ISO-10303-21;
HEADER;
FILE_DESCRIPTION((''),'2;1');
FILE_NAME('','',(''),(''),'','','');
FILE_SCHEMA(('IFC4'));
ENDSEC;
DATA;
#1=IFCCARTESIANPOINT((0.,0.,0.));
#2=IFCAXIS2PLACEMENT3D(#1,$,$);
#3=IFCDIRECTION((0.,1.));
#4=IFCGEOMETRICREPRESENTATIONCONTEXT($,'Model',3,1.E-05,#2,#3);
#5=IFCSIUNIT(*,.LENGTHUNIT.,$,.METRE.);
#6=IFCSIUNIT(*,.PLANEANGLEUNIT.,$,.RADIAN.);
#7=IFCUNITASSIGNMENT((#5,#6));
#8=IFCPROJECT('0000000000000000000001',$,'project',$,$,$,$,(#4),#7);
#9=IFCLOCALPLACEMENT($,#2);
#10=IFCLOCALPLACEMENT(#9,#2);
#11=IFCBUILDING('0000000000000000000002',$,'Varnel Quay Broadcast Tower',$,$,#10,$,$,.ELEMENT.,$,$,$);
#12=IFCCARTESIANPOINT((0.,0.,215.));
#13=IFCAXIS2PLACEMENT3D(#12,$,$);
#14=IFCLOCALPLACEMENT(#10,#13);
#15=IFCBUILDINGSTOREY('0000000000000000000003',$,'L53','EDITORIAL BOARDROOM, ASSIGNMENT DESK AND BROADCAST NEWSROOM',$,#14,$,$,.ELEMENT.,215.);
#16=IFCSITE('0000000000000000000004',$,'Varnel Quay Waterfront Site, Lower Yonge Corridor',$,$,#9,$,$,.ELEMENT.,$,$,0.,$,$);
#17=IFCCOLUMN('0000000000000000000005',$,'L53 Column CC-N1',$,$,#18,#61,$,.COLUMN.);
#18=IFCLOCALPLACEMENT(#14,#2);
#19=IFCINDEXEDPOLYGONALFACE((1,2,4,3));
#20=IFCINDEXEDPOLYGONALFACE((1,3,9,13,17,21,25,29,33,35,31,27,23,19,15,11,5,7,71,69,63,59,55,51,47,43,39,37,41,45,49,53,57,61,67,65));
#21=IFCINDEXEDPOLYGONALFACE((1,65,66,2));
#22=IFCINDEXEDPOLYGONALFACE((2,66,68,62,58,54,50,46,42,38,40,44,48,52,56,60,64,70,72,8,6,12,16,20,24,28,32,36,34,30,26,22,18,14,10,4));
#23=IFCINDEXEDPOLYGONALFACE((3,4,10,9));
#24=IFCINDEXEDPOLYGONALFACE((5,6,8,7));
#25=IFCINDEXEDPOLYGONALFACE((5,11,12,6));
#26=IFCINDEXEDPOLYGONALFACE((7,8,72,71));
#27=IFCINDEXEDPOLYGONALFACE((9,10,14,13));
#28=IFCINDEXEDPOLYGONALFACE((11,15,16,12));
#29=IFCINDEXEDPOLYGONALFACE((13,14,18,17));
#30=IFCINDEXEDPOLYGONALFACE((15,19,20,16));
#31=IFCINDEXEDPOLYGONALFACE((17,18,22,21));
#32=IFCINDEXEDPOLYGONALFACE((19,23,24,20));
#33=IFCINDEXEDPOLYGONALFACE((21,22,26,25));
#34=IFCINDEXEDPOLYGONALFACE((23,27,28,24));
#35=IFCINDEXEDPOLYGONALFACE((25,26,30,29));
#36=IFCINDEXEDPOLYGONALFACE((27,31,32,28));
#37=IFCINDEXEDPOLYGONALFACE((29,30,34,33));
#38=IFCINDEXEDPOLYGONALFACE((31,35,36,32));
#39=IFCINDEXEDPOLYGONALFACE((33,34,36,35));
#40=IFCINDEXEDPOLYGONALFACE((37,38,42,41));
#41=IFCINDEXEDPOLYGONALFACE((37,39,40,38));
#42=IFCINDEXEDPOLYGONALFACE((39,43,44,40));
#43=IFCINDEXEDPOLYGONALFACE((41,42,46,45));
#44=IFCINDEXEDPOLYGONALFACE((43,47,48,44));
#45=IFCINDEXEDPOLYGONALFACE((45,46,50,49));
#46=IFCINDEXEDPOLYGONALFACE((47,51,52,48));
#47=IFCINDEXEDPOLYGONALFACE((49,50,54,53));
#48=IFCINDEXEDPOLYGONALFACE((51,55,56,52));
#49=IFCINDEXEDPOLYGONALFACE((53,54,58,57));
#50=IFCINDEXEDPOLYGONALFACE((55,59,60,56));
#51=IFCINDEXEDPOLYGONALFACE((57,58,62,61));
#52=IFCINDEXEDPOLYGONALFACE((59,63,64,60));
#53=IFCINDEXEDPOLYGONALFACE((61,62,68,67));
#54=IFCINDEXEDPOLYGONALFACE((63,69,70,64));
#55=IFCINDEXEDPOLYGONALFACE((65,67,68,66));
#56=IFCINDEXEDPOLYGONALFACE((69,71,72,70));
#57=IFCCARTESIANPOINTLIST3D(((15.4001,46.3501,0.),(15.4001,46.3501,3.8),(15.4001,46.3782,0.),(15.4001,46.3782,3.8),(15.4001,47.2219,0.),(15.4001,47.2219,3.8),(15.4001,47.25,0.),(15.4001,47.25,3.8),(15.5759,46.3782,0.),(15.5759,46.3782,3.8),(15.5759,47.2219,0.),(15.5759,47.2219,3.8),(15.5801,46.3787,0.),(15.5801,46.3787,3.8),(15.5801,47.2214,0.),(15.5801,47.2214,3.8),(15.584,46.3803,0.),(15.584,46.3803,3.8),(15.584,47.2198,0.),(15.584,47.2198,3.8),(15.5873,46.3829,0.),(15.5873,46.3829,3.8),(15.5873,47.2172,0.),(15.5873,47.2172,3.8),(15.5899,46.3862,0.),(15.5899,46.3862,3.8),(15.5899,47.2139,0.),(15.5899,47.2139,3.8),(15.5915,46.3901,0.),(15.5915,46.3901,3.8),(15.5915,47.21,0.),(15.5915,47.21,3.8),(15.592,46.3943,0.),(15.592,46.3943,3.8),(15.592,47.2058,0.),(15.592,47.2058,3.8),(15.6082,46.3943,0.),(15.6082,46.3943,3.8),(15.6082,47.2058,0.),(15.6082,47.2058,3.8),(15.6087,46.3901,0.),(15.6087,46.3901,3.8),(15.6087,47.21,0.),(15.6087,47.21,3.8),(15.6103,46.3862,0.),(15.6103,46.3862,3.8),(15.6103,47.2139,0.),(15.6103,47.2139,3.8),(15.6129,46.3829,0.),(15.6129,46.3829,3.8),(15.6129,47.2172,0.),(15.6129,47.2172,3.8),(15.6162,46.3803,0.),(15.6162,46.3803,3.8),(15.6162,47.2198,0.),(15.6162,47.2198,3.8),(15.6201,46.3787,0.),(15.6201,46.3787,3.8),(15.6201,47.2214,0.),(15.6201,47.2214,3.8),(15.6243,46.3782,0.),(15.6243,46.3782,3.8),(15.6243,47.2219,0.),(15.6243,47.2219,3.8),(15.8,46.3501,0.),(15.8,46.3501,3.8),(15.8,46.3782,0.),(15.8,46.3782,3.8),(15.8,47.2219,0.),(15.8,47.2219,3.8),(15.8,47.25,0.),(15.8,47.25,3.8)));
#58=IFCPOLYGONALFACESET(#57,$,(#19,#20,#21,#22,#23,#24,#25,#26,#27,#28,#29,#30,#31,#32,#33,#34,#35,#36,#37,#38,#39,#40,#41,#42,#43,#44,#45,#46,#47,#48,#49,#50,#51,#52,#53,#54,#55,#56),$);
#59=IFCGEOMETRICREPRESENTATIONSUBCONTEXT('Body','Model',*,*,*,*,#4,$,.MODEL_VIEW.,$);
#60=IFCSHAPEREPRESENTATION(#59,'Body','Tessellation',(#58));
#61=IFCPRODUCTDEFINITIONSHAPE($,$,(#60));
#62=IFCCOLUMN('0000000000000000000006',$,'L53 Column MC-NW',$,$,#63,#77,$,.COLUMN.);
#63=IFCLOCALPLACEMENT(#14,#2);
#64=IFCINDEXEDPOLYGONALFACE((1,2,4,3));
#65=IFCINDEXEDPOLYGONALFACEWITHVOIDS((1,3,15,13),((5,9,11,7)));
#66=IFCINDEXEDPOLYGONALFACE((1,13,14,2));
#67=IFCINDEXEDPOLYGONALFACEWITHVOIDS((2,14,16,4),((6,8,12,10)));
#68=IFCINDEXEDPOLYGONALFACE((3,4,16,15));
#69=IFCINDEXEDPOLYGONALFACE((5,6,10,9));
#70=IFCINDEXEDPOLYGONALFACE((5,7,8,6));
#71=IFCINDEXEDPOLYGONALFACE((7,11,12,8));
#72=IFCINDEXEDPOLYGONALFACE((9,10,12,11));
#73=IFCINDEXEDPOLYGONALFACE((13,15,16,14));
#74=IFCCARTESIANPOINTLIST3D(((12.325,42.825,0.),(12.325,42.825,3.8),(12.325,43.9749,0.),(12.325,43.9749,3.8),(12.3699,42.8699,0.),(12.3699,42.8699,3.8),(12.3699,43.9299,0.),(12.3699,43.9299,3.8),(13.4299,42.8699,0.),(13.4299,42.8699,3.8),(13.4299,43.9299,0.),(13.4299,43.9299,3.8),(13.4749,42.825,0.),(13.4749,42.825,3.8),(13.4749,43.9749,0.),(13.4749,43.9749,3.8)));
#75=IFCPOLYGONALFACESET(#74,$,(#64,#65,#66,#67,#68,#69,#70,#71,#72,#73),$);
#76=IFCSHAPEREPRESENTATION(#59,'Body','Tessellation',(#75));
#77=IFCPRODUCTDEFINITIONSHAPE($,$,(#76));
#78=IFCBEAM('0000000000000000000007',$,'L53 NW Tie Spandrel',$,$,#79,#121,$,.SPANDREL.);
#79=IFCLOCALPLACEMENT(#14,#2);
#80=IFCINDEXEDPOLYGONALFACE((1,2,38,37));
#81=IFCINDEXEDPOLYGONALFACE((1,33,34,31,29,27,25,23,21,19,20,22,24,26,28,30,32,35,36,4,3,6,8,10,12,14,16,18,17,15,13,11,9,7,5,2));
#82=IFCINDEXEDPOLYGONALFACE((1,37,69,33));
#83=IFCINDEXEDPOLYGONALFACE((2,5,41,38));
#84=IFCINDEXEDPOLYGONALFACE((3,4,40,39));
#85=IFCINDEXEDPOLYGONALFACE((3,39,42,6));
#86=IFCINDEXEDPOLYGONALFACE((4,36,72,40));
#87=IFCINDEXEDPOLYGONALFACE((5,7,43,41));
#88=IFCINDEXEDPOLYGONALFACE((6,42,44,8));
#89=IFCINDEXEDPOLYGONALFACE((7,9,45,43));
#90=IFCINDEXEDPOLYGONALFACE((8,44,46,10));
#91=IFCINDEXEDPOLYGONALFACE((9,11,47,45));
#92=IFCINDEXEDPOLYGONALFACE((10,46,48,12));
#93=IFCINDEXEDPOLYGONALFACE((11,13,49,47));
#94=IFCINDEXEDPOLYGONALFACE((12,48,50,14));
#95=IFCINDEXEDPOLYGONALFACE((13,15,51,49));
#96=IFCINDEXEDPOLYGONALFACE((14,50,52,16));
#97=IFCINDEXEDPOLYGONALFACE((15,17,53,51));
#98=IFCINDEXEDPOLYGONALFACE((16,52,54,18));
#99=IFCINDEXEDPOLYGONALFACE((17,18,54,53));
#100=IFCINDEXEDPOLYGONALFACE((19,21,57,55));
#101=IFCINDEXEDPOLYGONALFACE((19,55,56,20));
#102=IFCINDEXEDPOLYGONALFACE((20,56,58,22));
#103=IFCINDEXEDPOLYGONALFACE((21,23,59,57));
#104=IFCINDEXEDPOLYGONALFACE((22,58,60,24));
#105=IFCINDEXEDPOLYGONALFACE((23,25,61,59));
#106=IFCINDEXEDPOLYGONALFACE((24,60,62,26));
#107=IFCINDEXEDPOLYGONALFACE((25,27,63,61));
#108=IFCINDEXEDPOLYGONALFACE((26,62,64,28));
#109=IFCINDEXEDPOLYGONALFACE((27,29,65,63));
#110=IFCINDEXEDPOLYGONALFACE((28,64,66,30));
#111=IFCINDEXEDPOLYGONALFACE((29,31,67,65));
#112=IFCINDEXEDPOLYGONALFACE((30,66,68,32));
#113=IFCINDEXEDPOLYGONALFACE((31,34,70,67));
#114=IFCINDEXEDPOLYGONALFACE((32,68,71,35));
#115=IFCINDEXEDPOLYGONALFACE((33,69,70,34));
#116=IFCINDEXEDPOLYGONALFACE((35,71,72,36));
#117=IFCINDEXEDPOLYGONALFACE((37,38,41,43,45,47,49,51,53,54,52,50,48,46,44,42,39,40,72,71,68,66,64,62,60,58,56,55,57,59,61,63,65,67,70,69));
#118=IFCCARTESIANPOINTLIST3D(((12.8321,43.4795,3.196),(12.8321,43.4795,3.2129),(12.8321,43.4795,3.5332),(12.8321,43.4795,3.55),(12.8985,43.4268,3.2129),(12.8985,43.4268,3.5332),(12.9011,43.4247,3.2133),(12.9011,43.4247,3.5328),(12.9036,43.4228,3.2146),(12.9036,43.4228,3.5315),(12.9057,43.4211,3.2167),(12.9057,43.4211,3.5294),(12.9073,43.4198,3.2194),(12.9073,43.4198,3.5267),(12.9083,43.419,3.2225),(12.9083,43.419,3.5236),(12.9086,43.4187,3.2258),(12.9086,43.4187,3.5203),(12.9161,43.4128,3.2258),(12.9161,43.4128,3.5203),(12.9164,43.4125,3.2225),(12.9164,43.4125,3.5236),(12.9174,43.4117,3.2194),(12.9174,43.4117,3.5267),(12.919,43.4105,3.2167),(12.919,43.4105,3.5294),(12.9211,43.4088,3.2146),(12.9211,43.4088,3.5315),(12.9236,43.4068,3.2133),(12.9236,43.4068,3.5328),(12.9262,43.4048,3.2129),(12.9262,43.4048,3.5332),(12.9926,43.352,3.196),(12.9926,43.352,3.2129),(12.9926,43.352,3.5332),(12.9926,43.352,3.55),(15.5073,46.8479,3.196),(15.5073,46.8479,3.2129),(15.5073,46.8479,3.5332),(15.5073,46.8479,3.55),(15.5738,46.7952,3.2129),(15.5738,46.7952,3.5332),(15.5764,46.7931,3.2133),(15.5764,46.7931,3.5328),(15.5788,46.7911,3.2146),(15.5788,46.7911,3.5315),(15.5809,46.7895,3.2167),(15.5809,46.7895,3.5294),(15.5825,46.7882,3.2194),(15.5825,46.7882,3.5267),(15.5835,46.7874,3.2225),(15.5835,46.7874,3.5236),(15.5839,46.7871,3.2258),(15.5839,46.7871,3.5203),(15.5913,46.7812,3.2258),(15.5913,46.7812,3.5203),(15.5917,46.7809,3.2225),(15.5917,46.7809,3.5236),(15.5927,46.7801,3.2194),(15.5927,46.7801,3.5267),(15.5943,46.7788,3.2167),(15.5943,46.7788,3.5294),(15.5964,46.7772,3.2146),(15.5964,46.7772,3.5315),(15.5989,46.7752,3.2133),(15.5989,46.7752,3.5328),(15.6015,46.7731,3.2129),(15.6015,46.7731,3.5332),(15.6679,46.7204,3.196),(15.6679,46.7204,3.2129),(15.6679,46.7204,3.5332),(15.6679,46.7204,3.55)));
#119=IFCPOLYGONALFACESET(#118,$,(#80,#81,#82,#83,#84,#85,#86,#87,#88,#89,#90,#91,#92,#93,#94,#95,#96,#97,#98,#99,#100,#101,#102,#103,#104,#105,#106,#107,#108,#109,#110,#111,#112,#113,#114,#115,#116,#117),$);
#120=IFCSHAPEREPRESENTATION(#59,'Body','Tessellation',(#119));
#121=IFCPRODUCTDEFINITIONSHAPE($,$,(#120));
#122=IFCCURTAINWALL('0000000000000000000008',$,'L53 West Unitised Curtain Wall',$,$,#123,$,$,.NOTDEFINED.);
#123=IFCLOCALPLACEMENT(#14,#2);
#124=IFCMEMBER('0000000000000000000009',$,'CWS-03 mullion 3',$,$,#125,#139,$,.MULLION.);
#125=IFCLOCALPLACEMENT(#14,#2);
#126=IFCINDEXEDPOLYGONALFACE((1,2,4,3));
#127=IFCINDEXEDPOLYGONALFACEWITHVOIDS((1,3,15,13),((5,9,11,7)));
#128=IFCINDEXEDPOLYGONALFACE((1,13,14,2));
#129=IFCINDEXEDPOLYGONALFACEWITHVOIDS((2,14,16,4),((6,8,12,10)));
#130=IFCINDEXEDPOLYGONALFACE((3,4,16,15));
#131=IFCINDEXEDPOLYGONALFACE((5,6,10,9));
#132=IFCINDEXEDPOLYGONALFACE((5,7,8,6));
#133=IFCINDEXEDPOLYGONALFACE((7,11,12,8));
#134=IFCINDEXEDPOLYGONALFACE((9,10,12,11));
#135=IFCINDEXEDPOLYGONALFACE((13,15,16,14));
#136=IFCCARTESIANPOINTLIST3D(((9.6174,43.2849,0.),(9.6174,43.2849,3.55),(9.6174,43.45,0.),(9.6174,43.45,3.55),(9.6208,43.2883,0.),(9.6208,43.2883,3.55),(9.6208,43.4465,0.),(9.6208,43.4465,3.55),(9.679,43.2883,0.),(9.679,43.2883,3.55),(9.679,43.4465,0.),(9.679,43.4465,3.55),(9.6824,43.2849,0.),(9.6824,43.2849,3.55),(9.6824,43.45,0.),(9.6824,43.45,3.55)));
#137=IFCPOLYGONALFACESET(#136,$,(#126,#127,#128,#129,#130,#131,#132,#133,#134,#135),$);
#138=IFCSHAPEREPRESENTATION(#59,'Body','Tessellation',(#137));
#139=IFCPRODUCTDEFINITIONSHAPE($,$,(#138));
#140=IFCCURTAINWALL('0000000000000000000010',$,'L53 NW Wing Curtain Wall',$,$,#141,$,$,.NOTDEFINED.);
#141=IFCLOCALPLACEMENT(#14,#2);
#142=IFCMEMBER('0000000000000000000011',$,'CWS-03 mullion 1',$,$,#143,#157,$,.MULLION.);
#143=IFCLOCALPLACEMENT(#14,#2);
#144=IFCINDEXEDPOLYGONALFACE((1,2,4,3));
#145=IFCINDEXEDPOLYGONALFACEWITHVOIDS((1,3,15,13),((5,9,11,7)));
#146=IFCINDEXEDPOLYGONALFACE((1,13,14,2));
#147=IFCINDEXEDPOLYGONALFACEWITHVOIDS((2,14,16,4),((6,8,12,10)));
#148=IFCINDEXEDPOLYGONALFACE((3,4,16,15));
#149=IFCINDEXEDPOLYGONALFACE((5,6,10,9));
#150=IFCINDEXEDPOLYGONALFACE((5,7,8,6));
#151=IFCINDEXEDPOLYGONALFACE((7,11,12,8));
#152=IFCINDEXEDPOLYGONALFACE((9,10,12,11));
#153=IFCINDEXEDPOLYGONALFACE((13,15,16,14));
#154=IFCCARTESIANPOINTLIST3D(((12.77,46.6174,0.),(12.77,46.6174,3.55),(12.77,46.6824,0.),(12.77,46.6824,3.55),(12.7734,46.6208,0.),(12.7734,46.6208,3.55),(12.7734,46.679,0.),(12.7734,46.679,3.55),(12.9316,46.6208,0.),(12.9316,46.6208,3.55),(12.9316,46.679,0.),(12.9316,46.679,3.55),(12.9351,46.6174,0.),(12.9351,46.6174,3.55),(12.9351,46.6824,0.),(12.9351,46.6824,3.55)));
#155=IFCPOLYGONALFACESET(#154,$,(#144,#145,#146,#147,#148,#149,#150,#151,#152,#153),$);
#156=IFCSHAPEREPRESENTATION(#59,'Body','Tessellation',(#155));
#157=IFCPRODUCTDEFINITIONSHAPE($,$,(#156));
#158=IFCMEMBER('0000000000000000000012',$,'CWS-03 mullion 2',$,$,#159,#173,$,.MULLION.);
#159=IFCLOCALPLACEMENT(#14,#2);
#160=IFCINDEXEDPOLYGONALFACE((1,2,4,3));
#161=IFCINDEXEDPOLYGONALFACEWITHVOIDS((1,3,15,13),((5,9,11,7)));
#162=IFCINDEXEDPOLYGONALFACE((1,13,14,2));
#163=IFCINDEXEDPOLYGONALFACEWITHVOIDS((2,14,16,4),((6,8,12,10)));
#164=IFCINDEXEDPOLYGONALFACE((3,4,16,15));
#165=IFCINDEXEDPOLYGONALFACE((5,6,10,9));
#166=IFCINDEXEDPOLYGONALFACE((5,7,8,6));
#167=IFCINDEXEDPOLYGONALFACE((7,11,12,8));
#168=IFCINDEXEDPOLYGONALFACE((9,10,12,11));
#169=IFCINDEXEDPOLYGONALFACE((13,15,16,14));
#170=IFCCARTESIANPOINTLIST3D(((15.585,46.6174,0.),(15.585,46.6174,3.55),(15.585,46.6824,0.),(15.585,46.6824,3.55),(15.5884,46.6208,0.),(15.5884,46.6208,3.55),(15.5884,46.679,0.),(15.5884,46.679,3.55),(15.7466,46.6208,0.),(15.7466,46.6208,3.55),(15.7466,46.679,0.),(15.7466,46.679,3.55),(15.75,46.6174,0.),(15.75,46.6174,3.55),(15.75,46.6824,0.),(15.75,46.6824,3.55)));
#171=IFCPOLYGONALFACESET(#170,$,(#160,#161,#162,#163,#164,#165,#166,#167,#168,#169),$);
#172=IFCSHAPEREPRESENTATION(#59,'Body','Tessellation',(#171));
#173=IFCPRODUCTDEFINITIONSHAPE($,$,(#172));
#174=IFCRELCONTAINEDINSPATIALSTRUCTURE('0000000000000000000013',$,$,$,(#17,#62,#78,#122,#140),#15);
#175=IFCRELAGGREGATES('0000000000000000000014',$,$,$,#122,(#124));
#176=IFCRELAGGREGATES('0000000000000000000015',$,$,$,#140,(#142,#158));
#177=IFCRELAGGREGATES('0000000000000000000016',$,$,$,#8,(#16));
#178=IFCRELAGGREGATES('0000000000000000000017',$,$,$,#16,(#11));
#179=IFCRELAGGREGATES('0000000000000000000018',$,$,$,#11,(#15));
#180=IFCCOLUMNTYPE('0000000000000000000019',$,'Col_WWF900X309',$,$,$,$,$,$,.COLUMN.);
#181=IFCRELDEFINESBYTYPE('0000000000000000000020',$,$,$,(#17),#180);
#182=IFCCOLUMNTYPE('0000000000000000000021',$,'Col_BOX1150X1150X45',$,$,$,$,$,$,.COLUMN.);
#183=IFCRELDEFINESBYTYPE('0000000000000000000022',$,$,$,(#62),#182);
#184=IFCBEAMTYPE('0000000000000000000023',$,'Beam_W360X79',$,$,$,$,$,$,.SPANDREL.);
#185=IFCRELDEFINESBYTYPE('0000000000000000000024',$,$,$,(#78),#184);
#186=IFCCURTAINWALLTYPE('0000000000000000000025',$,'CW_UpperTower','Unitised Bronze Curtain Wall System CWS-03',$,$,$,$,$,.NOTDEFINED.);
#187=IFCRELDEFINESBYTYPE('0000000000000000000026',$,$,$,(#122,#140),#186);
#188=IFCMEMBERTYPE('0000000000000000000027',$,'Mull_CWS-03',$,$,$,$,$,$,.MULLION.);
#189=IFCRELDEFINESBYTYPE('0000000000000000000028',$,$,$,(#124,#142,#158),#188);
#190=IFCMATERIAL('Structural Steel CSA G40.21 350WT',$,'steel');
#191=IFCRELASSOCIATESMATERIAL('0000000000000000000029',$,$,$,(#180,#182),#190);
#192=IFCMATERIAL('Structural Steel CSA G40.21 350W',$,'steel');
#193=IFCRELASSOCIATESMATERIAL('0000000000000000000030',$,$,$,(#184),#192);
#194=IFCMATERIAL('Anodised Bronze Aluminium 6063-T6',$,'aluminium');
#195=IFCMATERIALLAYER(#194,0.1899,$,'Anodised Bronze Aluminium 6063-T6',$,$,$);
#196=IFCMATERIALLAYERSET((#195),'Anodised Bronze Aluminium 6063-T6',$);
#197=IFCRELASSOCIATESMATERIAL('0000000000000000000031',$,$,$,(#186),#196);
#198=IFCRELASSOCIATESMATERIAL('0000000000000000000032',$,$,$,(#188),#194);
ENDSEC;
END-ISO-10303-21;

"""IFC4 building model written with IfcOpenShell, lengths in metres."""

from ifc_helpers import new_model, si_unit, direction, frame, origin, origin_2d, place, context, subcontext, project, spatial, hollow_rectangle, i_section, extrude, source, transform, mapped, material, layer, layer_set, material_profile, profile_set, type_object, type_shapes, element, aggregate, save


model = new_model("IFC4")

# Units and contexts
model_context = context("Model", 3, precision=1e-05, world=origin(), true_north=direction((0.0, 1.0)))
body_context = subcontext(model_context, "Body", "Model", "MODEL_VIEW")
ifc_project = project(units=[si_unit("LENGTHUNIT", "METRE"), si_unit("PLANEANGLEUNIT", "RADIAN")], contexts=[model_context])

# Site, building, storey
site_placement = place(None, origin())
site = spatial("IfcSite", under=ifc_project, at=site_placement, Name="Varnel Quay Waterfront Site, Lower Yonge Corridor", CompositionType="ELEMENT", RefElevation=0.0)
building_placement = place(site_placement, origin())
building = spatial("IfcBuilding", under=site, at=building_placement, Name="Varnel Quay Broadcast Tower", CompositionType="ELEMENT")
storey_placement = place(building_placement, frame((0.0, 0.0, 215.0)))
storey = spatial("IfcBuildingStorey", under=building, at=storey_placement, Name="L53", Description="EDITORIAL BOARDROOM, ASSIGNMENT DESK AND BROADCAST NEWSROOM", CompositionType="ELEMENT", Elevation=215.0)

# Columns
ifc_material_1 = material(Name="Structural Steel CSA G40.21 350WT", Category="steel")
ifc_material_profile_1 = material_profile(ifc_material_1, i_section(OverallWidth=0.3999, OverallDepth=0.8999, WebThickness=0.0161, FlangeThickness=0.0281, FilletRadius=0.0161, at=origin_2d()), Name="WWF900X309")
ifc_profile_set_1 = profile_set([ifc_material_profile_1], Name="Structural Steel CSA G40.21 350WT")
column_type_1 = type_object("IfcColumnType", Name="Col_WWF900X309", PredefinedType="COLUMN", material=ifc_profile_set_1)
shared_shape_1 = source(origin(), body_context, "Body", "SweptSolid", [
    extrude(i_section(OverallWidth=0.3999, OverallDepth=0.8999, WebThickness=0.0161, FlangeThickness=0.0281, FilletRadius=0.0161, at=origin_2d()), origin(), (0.0, 0.0, 1.0), 3.8),
])
type_shapes(column_type_1, [shared_shape_1])
column_1_placement = place(storey_placement, frame((15.6001, 46.8, 0.0), z_axis=(0.0, 0.0, 1.0), x_axis=(1.0, 0.0, 0.0)))
element("IfcColumn", 1, at=column_1_placement, inside=storey, type_object=column_type_1, Name="L53 Column CC-N1", PredefinedType="COLUMN", context=body_context, shape_type="MappedRepresentation", body=[
    mapped(shared_shape_1, transform((0.0, 0.0, 0.0), x_axis=(1.0, 0.0, 0.0), y_axis=(0.0, 1.0, 0.0), z_axis=(0.0, 0.0, 1.0), scale=1.0)),
])
ifc_material_profile_2 = material_profile(ifc_material_1, hollow_rectangle(XDim=1.1499, YDim=1.1499, WallThickness=0.0449, at=origin_2d()), Name="BOX1150X1150X45")
ifc_profile_set_2 = profile_set([ifc_material_profile_2], Name="Structural Steel CSA G40.21 350WT")
column_type_2 = type_object("IfcColumnType", Name="Col_BOX1150X1150X45", PredefinedType="COLUMN", material=ifc_profile_set_2)
shared_shape_2 = source(origin(), body_context, "Body", "SweptSolid", [
    extrude(hollow_rectangle(XDim=1.1499, YDim=1.1499, WallThickness=0.0449, at=origin_2d()), origin(), (0.0, 0.0, 1.0), 3.8),
])
type_shapes(column_type_2, [shared_shape_2])
column_2_placement = place(storey_placement, frame((12.8999, 43.3999, 0.0), z_axis=(0.0, 0.0, 1.0), x_axis=(1.0, 0.0, 0.0)))
element("IfcColumn", 2, at=column_2_placement, inside=storey, type_object=column_type_2, Name="L53 Column MC-NW", PredefinedType="COLUMN", context=body_context, shape_type="MappedRepresentation", body=[
    mapped(shared_shape_2, transform((0.0, 0.0, 0.0), x_axis=(1.0, 0.0, 0.0), y_axis=(0.0, 1.0, 0.0), z_axis=(0.0, 0.0, 1.0), scale=1.0)),
])

# Beam
ifc_material_2 = material(Name="Structural Steel CSA G40.21 350W", Category="steel")
ifc_material_profile_3 = material_profile(ifc_material_2, i_section(OverallWidth=0.2051, OverallDepth=0.354, WebThickness=0.0095, FlangeThickness=0.0168, FilletRadius=0.0129, at=origin_2d()), Name="W360X79")
ifc_profile_set_3 = profile_set([ifc_material_profile_3], Name="Structural Steel CSA G40.21 350W")
beam_type = type_object("IfcBeamType", Name="Beam_W360X79", PredefinedType="SPANDREL", material=ifc_profile_set_3)
shared_shape_3 = source(origin(), body_context, "Body", "SweptSolid", [
    extrude(i_section(OverallWidth=0.2051, OverallDepth=0.354, WebThickness=0.0095, FlangeThickness=0.0168, FilletRadius=0.0129, at=origin_2d()), origin(), (0.0, 0.0, 1.0), 4.3015),
])
type_shapes(beam_type, [shared_shape_3])
beam_placement = place(storey_placement, frame((12.9124, 43.4158, 3.373), z_axis=(0.621936, 0.783068, 0.0), x_axis=(-0.783068, 0.621936, 0.0)))
element("IfcBeam", 3, at=beam_placement, inside=storey, type_object=beam_type, Name="L53 NW Tie Spandrel", PredefinedType="SPANDREL", context=body_context, shape_type="MappedRepresentation", body=[
    mapped(shared_shape_3, transform((0.0, 0.0, 0.0), x_axis=(1.0, 0.0, 0.0), y_axis=(0.0, 1.0, 0.0), z_axis=(0.0, 0.0, 1.0), scale=1.0)),
])

# Curtain wall, member
ifc_material_3 = material(Name="Anodised Bronze Aluminium 6063-T6", Category="aluminium")
ifc_layer_1 = layer(ifc_material_3, 0.1899, Name="Anodised Bronze Aluminium 6063-T6")
ifc_layer_set_1 = layer_set([ifc_layer_1], Name="Anodised Bronze Aluminium 6063-T6")
curtain_wall_type = type_object("IfcCurtainWallType", Name="CW_UpperTower", Description="Unitised Bronze Curtain Wall System CWS-03", PredefinedType="NOTDEFINED", material=ifc_layer_set_1)
curtain_wall_1_placement = place(storey_placement, origin())
curtain_wall_1 = element("IfcCurtainWall", 4, at=curtain_wall_1_placement, inside=storey, type_object=curtain_wall_type, Name="L53 West Unitised Curtain Wall", PredefinedType="NOTDEFINED")
ifc_material_profile_4 = material_profile(ifc_material_3, hollow_rectangle(XDim=0.0649, YDim=0.165, WallThickness=0.0034, at=origin_2d()), Name="ALU65X165X3.5")
ifc_profile_set_4 = profile_set([ifc_material_profile_4], Name="Anodised Bronze Aluminium 6063-T6")
member_type_1 = type_object("IfcMemberType", Name="Mull_CWS-03", PredefinedType="MULLION", material=ifc_profile_set_4)
shared_shape_4 = source(origin(), body_context, "Body", "SweptSolid", [
    extrude(hollow_rectangle(XDim=0.0649, YDim=0.165, WallThickness=0.0034, at=origin_2d()), origin(), (0.0, 0.0, 1.0), 3.55),
])
type_shapes(member_type_1, [shared_shape_4])
member_1_placement = place(storey_placement, frame((9.6499, 43.3674, 0.0), z_axis=(0.0, 0.0, 1.0), x_axis=(-1.0, 0.0, 0.0)))
member_1 = element("IfcMember", 5, at=member_1_placement, type_object=member_type_1, Name="CWS-03 mullion 3", PredefinedType="MULLION", context=body_context, shape_type="MappedRepresentation", body=[
    mapped(shared_shape_4, transform((0.0, 0.0, 0.0), x_axis=(1.0, 0.0, 0.0), y_axis=(0.0, 1.0, 0.0), z_axis=(0.0, 0.0, 1.0), scale=1.0)),
])
aggregate(curtain_wall_1, [member_1])

# Curtain wall, members
curtain_wall_2_placement = place(storey_placement, origin())
curtain_wall_2 = element("IfcCurtainWall", 6, at=curtain_wall_2_placement, inside=storey, type_object=curtain_wall_type, Name="L53 NW Wing Curtain Wall", PredefinedType="NOTDEFINED")
member_2_placement = place(storey_placement, frame((12.8525, 46.6499, 0.0), z_axis=(0.0, 0.0, 1.0), x_axis=(0.0, 1.0, 0.0)))
member_2 = element("IfcMember", 7, at=member_2_placement, type_object=member_type_1, Name="CWS-03 mullion 1", PredefinedType="MULLION", context=body_context, shape_type="MappedRepresentation", body=[
    mapped(shared_shape_4, transform((0.0, 0.0, 0.0), x_axis=(1.0, 0.0, 0.0), y_axis=(0.0, 1.0, 0.0), z_axis=(0.0, 0.0, 1.0), scale=1.0)),
])
member_3_placement = place(storey_placement, frame((15.6675, 46.6499, 0.0), z_axis=(0.0, 0.0, 1.0), x_axis=(0.0, 1.0, 0.0)))
member_3 = element("IfcMember", 8, at=member_3_placement, type_object=member_type_1, Name="CWS-03 mullion 2", PredefinedType="MULLION", context=body_context, shape_type="MappedRepresentation", body=[
    mapped(shared_shape_4, transform((0.0, 0.0, 0.0), x_axis=(1.0, 0.0, 0.0), y_axis=(0.0, 1.0, 0.0), z_axis=(0.0, 0.0, 1.0), scale=1.0)),
])
aggregate(curtain_wall_2, [member_2, member_3])

save(model, "model.ifc")
